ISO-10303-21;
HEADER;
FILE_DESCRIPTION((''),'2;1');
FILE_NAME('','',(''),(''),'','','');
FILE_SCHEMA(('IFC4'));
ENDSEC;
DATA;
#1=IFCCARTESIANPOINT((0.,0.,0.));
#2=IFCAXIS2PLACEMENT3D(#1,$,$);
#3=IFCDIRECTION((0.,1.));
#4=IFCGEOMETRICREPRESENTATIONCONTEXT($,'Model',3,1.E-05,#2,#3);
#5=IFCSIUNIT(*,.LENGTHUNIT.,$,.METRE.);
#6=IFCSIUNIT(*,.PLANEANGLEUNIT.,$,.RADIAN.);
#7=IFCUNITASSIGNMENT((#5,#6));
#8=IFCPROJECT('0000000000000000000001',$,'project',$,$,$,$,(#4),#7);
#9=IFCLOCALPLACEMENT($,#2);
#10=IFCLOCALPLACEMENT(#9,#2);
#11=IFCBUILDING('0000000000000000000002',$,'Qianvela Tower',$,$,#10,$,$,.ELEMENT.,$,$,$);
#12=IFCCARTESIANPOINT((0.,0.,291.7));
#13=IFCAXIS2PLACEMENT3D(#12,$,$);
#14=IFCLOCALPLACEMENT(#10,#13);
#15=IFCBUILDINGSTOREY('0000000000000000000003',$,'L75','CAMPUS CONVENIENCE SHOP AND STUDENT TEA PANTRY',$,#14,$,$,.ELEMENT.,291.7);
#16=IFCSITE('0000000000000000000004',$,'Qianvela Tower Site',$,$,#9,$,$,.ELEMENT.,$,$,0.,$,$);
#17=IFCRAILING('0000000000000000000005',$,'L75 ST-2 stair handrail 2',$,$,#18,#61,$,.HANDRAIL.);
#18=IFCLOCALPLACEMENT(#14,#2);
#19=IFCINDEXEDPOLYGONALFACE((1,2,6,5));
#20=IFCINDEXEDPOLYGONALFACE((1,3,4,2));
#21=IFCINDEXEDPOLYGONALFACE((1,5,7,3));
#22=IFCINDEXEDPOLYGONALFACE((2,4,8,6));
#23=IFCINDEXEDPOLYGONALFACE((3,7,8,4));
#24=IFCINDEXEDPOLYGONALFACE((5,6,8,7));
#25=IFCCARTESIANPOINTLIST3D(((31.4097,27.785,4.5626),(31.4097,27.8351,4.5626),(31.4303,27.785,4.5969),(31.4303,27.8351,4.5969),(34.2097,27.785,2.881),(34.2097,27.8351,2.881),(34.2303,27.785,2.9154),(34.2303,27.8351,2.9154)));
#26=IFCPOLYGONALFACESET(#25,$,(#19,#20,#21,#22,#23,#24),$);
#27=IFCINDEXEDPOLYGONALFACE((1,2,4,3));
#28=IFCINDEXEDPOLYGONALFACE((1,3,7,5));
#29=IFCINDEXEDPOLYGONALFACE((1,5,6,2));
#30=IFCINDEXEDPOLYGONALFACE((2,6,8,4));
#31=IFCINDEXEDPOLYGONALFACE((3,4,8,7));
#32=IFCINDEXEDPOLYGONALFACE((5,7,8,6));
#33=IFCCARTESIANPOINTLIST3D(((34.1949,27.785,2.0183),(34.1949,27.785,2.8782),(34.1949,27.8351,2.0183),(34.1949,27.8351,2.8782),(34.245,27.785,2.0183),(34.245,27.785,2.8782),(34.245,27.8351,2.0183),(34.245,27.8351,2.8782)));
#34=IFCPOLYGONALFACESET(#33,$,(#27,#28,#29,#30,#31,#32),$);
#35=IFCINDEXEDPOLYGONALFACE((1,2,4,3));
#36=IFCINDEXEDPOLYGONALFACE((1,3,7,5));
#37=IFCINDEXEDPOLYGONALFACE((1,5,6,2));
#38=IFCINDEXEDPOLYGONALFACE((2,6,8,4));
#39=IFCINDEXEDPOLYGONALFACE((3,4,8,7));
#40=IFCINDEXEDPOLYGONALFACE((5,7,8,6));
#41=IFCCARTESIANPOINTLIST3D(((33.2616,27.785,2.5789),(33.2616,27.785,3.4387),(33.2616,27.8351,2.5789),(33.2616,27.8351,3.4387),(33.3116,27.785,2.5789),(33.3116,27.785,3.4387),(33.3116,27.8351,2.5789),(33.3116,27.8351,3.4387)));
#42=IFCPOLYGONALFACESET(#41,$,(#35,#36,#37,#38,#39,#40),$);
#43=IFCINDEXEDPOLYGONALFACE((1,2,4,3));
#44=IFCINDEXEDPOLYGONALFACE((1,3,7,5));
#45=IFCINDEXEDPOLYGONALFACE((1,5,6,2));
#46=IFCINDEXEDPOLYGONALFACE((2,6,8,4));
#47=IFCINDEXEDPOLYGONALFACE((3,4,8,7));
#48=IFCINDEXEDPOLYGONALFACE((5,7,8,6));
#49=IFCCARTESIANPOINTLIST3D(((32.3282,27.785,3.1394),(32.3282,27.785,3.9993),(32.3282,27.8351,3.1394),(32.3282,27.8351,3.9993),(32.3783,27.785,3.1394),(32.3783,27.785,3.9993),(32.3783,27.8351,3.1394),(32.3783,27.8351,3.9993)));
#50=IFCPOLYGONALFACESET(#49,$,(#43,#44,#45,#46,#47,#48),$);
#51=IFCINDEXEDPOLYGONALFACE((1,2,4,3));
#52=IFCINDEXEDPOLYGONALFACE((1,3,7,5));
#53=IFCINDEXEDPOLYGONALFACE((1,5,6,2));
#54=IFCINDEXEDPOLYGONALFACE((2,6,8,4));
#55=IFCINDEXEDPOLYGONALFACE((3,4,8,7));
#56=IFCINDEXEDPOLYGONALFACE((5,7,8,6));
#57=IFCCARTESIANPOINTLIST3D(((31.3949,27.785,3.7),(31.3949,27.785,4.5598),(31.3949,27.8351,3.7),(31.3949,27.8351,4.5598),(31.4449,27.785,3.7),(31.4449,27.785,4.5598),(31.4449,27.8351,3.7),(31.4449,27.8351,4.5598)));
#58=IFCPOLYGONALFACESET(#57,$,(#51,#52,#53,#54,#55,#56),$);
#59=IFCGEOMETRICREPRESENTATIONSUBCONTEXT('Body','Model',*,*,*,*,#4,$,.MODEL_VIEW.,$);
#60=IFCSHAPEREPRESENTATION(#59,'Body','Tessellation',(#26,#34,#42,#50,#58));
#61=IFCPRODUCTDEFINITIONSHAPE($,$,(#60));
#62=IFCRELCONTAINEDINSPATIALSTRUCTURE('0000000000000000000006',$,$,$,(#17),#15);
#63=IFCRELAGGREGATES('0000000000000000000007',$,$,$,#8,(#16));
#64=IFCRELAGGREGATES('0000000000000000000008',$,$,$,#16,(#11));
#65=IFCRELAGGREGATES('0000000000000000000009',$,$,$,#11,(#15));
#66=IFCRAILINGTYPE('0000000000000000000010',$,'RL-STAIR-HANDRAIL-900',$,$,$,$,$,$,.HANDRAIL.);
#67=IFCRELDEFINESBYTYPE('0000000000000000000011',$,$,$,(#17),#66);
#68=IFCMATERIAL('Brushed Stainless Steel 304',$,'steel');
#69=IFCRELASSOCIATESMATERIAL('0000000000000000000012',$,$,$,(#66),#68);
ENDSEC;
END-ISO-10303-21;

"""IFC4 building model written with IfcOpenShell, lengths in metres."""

from ifc_helpers import new_model, si_unit, direction, frame, origin, origin_2d, place, context, subcontext, project, spatial, rectangle, extrude, material, type_object, element, save


model = new_model("IFC4")

# Units and contexts
model_context = context("Model", 3, precision=1e-05, world=origin(), true_north=direction((0.0, 1.0)))
body_context = subcontext(model_context, "Body", "Model", "MODEL_VIEW")
ifc_project = project(units=[si_unit("LENGTHUNIT", "METRE"), si_unit("PLANEANGLEUNIT", "RADIAN")], contexts=[model_context])

# Site, building, storey
site_placement = place(None, origin())
site = spatial("IfcSite", under=ifc_project, at=site_placement, Name="Qianvela Tower Site", CompositionType="ELEMENT", RefElevation=0.0)
building_placement = place(site_placement, origin())
building = spatial("IfcBuilding", under=site, at=building_placement, Name="Qianvela Tower", CompositionType="ELEMENT")
storey_placement = place(building_placement, frame((0.0, 0.0, 291.7)))
storey = spatial("IfcBuildingStorey", under=building, at=storey_placement, Name="L75", Description="CAMPUS CONVENIENCE SHOP AND STUDENT TEA PANTRY", CompositionType="ELEMENT", Elevation=291.7)

# Railing
ifc_material_1 = material(Name="Brushed Stainless Steel 304", Category="steel")
railing_type_1 = type_object("IfcRailingType", Name="RL-STAIR-HANDRAIL-900", PredefinedType="HANDRAIL", material=ifc_material_1)
for number, where, name in (
    (1, (34.22, 27.8101, 2.0183), "L75 ST-2 stair handrail 2"),
):
    element("IfcRailing", number, at=place(storey_placement, frame(where)), inside=storey, type_object=railing_type_1, Name=name, PredefinedType="HANDRAIL", context=body_context, shape_type="SweptSolid", body=[
        extrude(rectangle(XDim=0.05, YDim=0.04, at=origin_2d()), frame((0.0, 0.0, 0.8799), z_axis=(-0.857275, 0.0, 0.514858), x_axis=(0.0, -1.0, 0.0)), (0.0, 0.0, 1.0), 3.2661),
        extrude(rectangle(XDim=0.05, YDim=0.05, at=origin_2d()), origin(), (0.0, 0.0, 1.0), 0.8599),
        extrude(rectangle(XDim=0.05, YDim=0.05, at=origin_2d()), frame((-0.9333, 0.0, 0.5605)), (0.0, 0.0, 1.0), 0.8599),
        extrude(rectangle(XDim=0.05, YDim=0.05, at=origin_2d()), frame((-1.8667, 0.0, 1.1211)), (0.0, 0.0, 1.0), 0.8599),
        extrude(rectangle(XDim=0.05, YDim=0.05, at=origin_2d()), frame((-2.8, 0.0, 1.6816)), (0.0, 0.0, 1.0), 0.8599),
    ])

save(model, "model.ifc")
